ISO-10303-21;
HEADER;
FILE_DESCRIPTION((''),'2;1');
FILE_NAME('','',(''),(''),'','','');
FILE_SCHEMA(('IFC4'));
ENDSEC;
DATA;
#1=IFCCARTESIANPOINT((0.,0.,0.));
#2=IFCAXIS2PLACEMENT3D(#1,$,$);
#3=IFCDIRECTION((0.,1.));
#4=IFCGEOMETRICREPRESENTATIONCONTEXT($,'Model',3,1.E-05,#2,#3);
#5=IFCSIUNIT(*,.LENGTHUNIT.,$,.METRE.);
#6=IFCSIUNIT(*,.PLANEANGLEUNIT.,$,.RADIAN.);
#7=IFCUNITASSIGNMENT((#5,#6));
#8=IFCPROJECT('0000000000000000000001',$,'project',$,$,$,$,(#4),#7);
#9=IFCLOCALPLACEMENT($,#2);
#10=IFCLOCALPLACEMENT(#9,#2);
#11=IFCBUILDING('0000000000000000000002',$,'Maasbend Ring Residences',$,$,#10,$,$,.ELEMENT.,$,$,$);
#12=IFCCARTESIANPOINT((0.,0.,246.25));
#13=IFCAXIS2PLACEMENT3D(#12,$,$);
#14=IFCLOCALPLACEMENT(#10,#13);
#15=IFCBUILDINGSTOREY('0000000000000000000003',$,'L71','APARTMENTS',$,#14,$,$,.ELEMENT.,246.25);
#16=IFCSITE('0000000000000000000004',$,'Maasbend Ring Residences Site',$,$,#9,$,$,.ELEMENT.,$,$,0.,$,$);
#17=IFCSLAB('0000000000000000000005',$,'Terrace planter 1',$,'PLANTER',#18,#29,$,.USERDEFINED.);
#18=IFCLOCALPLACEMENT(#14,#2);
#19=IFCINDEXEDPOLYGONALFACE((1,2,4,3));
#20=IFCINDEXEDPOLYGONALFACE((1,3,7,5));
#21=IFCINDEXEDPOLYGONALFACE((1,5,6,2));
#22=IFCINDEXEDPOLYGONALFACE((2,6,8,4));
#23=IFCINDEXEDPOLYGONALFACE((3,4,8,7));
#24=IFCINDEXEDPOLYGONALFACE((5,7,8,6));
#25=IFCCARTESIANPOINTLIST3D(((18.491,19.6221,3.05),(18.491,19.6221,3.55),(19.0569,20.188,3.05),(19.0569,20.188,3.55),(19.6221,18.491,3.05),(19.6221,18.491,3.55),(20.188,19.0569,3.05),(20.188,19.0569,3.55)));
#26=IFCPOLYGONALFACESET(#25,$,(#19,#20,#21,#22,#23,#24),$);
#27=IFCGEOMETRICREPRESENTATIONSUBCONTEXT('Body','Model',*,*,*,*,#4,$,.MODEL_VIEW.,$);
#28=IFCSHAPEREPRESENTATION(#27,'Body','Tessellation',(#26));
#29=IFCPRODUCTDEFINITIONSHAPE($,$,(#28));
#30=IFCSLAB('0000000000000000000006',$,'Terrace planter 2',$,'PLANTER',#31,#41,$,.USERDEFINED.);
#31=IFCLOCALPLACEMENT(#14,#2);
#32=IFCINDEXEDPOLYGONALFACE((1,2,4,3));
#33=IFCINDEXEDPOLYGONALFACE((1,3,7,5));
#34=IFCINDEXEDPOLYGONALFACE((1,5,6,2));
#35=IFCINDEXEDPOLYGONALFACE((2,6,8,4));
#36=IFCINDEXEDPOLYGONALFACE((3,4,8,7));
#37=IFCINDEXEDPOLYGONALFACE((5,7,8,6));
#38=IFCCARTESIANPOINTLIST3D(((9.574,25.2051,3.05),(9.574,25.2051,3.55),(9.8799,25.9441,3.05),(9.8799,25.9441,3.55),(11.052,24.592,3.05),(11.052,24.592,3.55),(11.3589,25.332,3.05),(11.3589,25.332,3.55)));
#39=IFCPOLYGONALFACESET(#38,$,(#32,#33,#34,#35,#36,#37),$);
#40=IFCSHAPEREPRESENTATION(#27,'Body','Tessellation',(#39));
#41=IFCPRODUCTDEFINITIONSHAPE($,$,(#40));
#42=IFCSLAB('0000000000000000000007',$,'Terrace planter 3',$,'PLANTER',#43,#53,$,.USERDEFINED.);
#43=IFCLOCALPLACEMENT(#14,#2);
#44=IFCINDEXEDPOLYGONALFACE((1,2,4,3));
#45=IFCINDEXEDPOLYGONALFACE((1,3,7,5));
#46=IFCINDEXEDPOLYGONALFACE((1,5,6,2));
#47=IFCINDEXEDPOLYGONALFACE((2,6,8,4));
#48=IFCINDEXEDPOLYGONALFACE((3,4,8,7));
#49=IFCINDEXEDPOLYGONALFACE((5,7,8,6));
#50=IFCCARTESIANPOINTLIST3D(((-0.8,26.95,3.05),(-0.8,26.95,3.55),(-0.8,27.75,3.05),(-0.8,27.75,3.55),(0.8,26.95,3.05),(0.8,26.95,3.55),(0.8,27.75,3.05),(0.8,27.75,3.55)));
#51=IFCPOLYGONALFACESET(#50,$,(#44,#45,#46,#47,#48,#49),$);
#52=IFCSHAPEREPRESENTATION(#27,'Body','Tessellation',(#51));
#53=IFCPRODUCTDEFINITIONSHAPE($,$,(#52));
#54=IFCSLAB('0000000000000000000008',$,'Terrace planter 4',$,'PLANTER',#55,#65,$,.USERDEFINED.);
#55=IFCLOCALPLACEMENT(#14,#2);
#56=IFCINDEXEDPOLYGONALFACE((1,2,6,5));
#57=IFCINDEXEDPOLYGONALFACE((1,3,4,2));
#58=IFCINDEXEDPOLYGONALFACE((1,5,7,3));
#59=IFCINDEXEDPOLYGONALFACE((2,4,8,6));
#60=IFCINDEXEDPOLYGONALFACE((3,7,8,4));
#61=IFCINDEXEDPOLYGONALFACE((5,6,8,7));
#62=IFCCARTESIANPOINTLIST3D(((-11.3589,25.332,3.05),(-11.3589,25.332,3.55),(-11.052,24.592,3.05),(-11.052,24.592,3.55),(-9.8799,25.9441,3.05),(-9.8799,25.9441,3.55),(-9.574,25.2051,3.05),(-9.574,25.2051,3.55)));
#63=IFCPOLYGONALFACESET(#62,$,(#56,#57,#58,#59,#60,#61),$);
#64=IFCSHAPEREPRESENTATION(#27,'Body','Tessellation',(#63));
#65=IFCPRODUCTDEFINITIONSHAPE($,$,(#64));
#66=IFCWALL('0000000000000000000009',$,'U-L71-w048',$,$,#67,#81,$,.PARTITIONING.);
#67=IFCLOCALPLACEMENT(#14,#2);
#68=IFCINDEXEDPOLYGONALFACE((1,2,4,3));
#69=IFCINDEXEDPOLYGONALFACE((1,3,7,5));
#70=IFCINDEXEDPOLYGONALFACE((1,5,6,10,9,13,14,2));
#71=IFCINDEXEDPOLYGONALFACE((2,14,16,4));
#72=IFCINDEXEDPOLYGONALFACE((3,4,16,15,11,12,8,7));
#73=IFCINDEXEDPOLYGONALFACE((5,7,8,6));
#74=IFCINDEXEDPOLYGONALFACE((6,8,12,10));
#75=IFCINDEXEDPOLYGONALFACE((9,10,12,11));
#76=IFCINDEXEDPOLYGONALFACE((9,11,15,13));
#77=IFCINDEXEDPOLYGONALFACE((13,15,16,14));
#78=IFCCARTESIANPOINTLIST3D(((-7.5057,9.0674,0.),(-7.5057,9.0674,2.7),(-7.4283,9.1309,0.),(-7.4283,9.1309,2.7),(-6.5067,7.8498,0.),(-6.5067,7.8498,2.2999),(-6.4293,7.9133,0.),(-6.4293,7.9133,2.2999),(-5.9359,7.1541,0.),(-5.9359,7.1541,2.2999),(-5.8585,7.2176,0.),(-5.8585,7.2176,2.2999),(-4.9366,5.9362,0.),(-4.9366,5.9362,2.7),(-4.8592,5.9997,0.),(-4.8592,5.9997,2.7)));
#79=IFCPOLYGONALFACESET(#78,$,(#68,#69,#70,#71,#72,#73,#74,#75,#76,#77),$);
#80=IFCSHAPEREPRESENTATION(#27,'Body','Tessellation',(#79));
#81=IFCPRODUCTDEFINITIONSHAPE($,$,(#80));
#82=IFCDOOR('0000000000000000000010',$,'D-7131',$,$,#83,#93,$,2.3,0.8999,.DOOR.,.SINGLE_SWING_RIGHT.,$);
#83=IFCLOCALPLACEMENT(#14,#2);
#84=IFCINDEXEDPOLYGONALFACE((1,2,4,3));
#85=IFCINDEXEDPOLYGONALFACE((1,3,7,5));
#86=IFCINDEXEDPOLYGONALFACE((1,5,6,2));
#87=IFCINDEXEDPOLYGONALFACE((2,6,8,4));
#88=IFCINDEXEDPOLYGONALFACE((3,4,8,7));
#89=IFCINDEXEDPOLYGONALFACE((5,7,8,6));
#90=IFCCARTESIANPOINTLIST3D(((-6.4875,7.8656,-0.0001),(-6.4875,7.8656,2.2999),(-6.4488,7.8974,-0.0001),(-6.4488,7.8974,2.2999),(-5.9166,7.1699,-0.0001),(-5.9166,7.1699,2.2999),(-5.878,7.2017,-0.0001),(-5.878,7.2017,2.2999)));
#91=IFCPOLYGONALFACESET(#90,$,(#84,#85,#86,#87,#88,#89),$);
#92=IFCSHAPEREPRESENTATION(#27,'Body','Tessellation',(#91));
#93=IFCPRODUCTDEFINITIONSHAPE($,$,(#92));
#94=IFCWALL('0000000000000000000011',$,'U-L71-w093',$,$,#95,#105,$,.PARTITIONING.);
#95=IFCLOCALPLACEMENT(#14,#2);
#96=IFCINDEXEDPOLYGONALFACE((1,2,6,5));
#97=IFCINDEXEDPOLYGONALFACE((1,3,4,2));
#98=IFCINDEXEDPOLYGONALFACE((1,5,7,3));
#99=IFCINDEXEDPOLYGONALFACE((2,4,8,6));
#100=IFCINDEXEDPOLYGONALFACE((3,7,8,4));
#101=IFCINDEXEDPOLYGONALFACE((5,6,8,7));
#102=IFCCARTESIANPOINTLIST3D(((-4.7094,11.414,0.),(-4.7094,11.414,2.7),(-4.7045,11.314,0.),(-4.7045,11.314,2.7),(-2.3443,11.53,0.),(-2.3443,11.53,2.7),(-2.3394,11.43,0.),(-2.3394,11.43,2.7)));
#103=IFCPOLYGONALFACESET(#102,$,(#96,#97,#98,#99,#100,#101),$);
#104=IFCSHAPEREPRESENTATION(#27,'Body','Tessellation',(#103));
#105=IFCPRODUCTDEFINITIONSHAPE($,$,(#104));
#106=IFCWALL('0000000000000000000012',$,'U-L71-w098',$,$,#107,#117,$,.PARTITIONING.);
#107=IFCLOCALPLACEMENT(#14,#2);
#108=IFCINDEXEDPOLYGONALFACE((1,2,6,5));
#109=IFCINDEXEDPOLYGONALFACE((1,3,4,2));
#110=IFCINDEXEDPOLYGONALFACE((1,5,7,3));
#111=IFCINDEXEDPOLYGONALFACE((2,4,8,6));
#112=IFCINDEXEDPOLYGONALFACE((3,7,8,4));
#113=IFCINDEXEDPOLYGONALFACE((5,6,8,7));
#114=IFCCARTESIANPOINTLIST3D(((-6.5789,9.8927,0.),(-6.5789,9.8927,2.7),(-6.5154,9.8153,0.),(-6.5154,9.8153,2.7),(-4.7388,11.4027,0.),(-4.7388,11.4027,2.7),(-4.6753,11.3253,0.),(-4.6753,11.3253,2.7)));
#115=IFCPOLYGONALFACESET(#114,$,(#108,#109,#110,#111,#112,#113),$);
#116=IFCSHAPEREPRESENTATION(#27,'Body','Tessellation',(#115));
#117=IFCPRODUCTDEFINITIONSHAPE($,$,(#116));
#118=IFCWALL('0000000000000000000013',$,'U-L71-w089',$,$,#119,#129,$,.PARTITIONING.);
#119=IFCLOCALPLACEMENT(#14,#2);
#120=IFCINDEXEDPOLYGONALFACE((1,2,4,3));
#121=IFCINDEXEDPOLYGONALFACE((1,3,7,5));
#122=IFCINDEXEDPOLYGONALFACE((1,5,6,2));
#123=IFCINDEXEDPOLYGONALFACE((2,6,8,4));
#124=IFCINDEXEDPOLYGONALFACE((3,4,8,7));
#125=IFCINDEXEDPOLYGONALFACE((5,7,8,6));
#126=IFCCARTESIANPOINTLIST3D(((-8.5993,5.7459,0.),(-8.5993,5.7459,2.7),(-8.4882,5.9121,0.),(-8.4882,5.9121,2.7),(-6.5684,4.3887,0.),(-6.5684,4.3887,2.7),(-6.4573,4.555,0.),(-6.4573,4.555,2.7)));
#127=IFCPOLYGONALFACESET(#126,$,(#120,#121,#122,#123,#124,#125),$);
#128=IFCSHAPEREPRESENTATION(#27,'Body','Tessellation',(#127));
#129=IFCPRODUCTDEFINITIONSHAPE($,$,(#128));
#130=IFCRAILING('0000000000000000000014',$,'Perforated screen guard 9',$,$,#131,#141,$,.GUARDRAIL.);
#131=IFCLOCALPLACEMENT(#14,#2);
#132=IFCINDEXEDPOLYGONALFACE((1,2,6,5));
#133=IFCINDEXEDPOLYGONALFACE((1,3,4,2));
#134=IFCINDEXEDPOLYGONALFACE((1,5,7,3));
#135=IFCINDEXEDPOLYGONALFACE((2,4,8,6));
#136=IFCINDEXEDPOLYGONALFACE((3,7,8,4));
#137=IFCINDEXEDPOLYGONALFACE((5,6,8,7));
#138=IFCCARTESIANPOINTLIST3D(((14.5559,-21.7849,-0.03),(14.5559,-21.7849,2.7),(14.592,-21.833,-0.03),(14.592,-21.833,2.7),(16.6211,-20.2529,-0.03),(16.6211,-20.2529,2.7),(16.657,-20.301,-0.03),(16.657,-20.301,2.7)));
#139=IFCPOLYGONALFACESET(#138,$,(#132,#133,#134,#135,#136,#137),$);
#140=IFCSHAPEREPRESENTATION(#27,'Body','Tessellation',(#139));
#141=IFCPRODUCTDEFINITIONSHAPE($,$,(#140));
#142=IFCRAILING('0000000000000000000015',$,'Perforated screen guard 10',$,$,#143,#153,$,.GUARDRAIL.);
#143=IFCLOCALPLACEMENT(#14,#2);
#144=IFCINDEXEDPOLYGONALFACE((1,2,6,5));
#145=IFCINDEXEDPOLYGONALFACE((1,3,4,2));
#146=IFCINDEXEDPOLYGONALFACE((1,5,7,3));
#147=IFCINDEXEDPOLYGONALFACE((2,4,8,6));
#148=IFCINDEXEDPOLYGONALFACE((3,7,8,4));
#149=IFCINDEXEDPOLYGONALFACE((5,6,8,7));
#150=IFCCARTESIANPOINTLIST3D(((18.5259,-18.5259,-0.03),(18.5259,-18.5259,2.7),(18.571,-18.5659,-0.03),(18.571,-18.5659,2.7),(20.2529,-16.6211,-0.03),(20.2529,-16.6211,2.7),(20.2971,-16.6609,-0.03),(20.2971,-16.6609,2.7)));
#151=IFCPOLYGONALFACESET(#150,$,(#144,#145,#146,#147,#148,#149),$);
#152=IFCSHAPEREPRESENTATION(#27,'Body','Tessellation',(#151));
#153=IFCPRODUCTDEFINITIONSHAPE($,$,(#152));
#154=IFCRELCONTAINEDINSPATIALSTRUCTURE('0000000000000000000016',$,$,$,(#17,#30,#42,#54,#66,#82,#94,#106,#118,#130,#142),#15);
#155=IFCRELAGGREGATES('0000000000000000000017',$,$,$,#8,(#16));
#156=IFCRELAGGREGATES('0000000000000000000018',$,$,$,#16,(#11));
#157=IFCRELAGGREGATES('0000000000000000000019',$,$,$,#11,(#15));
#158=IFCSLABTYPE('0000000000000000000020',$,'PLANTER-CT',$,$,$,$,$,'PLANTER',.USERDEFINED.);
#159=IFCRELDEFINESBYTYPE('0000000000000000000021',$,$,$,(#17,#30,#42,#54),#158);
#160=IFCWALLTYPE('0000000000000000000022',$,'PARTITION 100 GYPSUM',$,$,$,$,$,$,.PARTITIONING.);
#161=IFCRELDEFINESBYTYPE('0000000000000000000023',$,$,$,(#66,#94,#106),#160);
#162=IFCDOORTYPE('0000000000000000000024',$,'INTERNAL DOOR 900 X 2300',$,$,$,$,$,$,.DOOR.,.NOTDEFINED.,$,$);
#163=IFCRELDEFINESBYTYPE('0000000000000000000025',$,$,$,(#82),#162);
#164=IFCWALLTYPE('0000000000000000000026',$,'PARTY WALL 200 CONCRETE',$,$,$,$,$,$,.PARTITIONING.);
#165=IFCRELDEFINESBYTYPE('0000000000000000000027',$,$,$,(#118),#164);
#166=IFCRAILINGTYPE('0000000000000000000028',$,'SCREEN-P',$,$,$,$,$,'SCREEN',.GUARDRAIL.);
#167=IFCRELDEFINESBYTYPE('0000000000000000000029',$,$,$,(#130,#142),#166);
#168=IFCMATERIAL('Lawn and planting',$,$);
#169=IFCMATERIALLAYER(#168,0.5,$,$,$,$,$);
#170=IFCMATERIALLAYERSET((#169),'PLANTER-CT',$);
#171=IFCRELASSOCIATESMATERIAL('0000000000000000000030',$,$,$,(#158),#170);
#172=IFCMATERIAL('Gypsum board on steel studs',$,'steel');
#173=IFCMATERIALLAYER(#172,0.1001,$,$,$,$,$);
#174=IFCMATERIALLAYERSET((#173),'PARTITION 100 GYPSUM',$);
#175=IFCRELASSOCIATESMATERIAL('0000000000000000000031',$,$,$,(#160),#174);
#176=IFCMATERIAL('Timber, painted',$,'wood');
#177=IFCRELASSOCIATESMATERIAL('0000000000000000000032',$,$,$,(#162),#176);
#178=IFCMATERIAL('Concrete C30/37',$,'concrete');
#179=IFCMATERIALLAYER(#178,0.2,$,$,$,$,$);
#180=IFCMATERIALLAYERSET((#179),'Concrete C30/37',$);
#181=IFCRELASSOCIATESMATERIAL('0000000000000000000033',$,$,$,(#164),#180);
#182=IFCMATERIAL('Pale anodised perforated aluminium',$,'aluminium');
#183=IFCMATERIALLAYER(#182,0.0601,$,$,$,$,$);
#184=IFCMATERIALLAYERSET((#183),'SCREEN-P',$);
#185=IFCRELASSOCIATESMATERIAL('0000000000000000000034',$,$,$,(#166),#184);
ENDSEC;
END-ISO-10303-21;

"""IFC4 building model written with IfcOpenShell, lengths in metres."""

from ifc_helpers import new_model, si_unit, direction, frame, frame_2d, origin, place, context, subcontext, project, spatial, polyline, rectangle, outline, extrude, material, layer, layer_set, type_object, element, fill, save


model = new_model("IFC4")

# Units and contexts
model_context = context("Model", 3, precision=1e-05, world=origin(), true_north=direction((0.0, 1.0)))
body_context = subcontext(model_context, "Body", "Model", "MODEL_VIEW")
ifc_project = project(units=[si_unit("LENGTHUNIT", "METRE"), si_unit("PLANEANGLEUNIT", "RADIAN")], contexts=[model_context])

# Site, building, storey
site_placement = place(None, origin())
site = spatial("IfcSite", under=ifc_project, at=site_placement, Name="Maasbend Ring Residences Site", CompositionType="ELEMENT", RefElevation=0.0)
building_placement = place(site_placement, origin())
building = spatial("IfcBuilding", under=site, at=building_placement, Name="Maasbend Ring Residences", CompositionType="ELEMENT")
storey_placement = place(building_placement, frame((0.0, 0.0, 246.25)))
storey = spatial("IfcBuildingStorey", under=building, at=storey_placement, Name="L71", Description="APARTMENTS", CompositionType="ELEMENT", Elevation=246.25)

# Slabs
ifc_material_1 = material(Name="Lawn and planting")
ifc_layer_1 = layer(ifc_material_1, 0.5)
ifc_layer_set_1 = layer_set([ifc_layer_1], Name="PLANTER-CT")
slab_type_1 = type_object("IfcSlabType", Name="PLANTER-CT", ElementType="PLANTER", PredefinedType="USERDEFINED", material=ifc_layer_set_1)
slab_1_placement = place(storey_placement, frame((0.0, 0.0, 3.05)))
element("IfcSlab", 1, at=slab_1_placement, inside=storey, type_object=slab_type_1, Name="Terrace planter 1", ObjectType="PLANTER", PredefinedType="USERDEFINED", context=body_context, shape_type="SweptSolid", body=[
    extrude(outline(polyline([(20.188, 19.0569), (19.0569, 20.188), (18.491, 19.6221), (19.6221, 18.491), (20.188, 19.0569)])), origin(), (0.0, 0.0, 1.0), 0.5),
])
slab_2_placement = place(storey_placement, frame((0.0, 0.0, 3.05)))
element("IfcSlab", 2, at=slab_2_placement, inside=storey, type_object=slab_type_1, Name="Terrace planter 2", ObjectType="PLANTER", PredefinedType="USERDEFINED", context=body_context, shape_type="SweptSolid", body=[
    extrude(outline(polyline([(11.3589, 25.332), (9.8799, 25.9441), (9.574, 25.2051), (11.052, 24.592), (11.3589, 25.332)])), origin(), (0.0, 0.0, 1.0), 0.5),
])
slab_3_placement = place(storey_placement, frame((0.0, 0.0, 3.05)))
element("IfcSlab", 3, at=slab_3_placement, inside=storey, type_object=slab_type_1, Name="Terrace planter 3", ObjectType="PLANTER", PredefinedType="USERDEFINED", context=body_context, shape_type="SweptSolid", body=[
    extrude(outline(polyline([(0.8, 27.75), (-0.8, 27.75), (-0.8, 26.95), (0.8, 26.95), (0.8, 27.75)])), origin(), (0.0, 0.0, 1.0), 0.5),
])
slab_4_placement = place(storey_placement, frame((0.0, 0.0, 3.05)))
element("IfcSlab", 4, at=slab_4_placement, inside=storey, type_object=slab_type_1, Name="Terrace planter 4", ObjectType="PLANTER", PredefinedType="USERDEFINED", context=body_context, shape_type="SweptSolid", body=[
    extrude(outline(polyline([(-9.8799, 25.9441), (-11.3589, 25.332), (-11.052, 24.592), (-9.574, 25.2051), (-9.8799, 25.9441)])), origin(), (0.0, 0.0, 1.0), 0.5),
])

# Wall, opening, door
ifc_material_2 = material(Name="Gypsum board on steel studs", Category="steel")
ifc_layer_2 = layer(ifc_material_2, 0.1001)
ifc_layer_set_2 = layer_set([ifc_layer_2], Name="PARTITION 100 GYPSUM")
wall_type_1 = type_object("IfcWallType", Name="PARTITION 100 GYPSUM", PredefinedType="PARTITIONING", material=ifc_layer_set_2)
wall_1_placement = place(storey_placement, frame((-7.467, 9.0991, 0.0), z_axis=(0.0, 0.0, 1.0), x_axis=(0.634314, -0.773076, 0.0)))
wall_1 = element("IfcWall", 5, at=wall_1_placement, inside=storey, type_object=wall_type_1, Name="U-L71-w048", PredefinedType="PARTITIONING", context=body_context, shape_type="SweptSolid", body=[
    extrude(rectangle(XDim=4.0503, YDim=0.1001, at=frame_2d((2.0251, 0.0))), origin(), (0.0, 0.0, 1.0), 2.7),
])
opening_placement = place(wall_1_placement, frame((1.575, 0.0, 0.0)))
opening = element("IfcOpeningElement", 6, at=opening_placement, cuts=wall_1, PredefinedType="OPENING", context=body_context, shape_type="SweptSolid", body=[
    extrude(rectangle(XDim=0.8999, YDim=2.3, at=frame_2d((0.45, 1.1499))), frame((0.0, 0.0601, 0.0), z_axis=(0.0, -1.0, 0.0), x_axis=(1.0, 0.0, 0.0)), (0.0, 0.0, 1.0), 0.1201),
])
ifc_material_3 = material(Name="Timber, painted", Category="wood")
door_type = type_object("IfcDoorType", Name="INTERNAL DOOR 900 X 2300", OperationType="NOTDEFINED", PredefinedType="DOOR", material=ifc_material_3)
door_placement = place(opening_placement, origin())
door = element("IfcDoor", 7, at=door_placement, inside=storey, type_object=door_type, Name="D-7131", OperationType="SINGLE_SWING_RIGHT", OverallHeight=2.3, OverallWidth=0.8999, PredefinedType="DOOR", context=body_context, shape_type="SweptSolid", body=[
    extrude(rectangle(XDim=0.8999, YDim=2.3, at=frame_2d((0.45, 1.1499))), frame((0.0, 0.0249, 0.0), z_axis=(0.0, -1.0, 0.0), x_axis=(1.0, 0.0, 0.0)), (0.0, 0.0, 1.0), 0.05),
])
fill(opening, door)

# Walls
wall_2_placement = place(storey_placement, frame((-4.707, 11.364, 0.0), z_axis=(0.0, 0.0, 1.0), x_axis=(0.9988, 0.048976, 0.0)))
element("IfcWall", 8, at=wall_2_placement, inside=storey, type_object=wall_type_1, Name="U-L71-w093", PredefinedType="PARTITIONING", context=body_context, shape_type="SweptSolid", body=[
    extrude(rectangle(XDim=2.3679, YDim=0.1001, at=frame_2d((1.1841, 0.0))), origin(), (0.0, 0.0, 1.0), 2.7),
])
wall_3_placement = place(storey_placement, frame((-6.5471, 9.854, 0.0), z_axis=(0.0, 0.0, 1.0), x_axis=(0.773033, 0.634365, 0.0)))
element("IfcWall", 9, at=wall_3_placement, inside=storey, type_object=wall_type_1, Name="U-L71-w098", PredefinedType="PARTITIONING", context=body_context, shape_type="SweptSolid", body=[
    extrude(rectangle(XDim=2.3804, YDim=0.1001, at=frame_2d((1.1902, 0.0))), origin(), (0.0, 0.0, 1.0), 2.7),
])
ifc_material_4 = material(Name="Concrete C30/37", Category="concrete")
ifc_layer_3 = layer(ifc_material_4, 0.2)
ifc_layer_set_3 = layer_set([ifc_layer_3], Name="Concrete C30/37")
wall_type_2 = type_object("IfcWallType", Name="PARTY WALL 200 CONCRETE", PredefinedType="PARTITIONING", material=ifc_layer_set_3)
wall_4_placement = place(storey_placement, frame((-6.5129, 4.4719, 0.0), z_axis=(0.0, 0.0, 1.0), x_axis=(-0.83145, 0.555599, 0.0)))
element("IfcWall", 10, at=wall_4_placement, inside=storey, type_object=wall_type_2, Name="U-L71-w089", PredefinedType="PARTITIONING", context=body_context, shape_type="SweptSolid", body=[
    extrude(rectangle(XDim=2.4426, YDim=0.2, at=frame_2d((1.2212, 0.0))), origin(), (0.0, 0.0, 1.0), 2.7),
])

# Railings
ifc_material_5 = material(Name="Pale anodised perforated aluminium", Category="aluminium")
ifc_layer_4 = layer(ifc_material_5, 0.0601)
ifc_layer_set_4 = layer_set([ifc_layer_4], Name="SCREEN-P")
railing_type = type_object("IfcRailingType", Name="SCREEN-P", ElementType="SCREEN", PredefinedType="GUARDRAIL", material=ifc_layer_set_4)
railing_1_placement = place(storey_placement, frame((0.0, 0.0, -0.03)))
element("IfcRailing", 11, at=railing_1_placement, inside=storey, type_object=railing_type, Name="Perforated screen guard 9", PredefinedType="GUARDRAIL", context=body_context, shape_type="SweptSolid", body=[
    extrude(outline(polyline([(14.5559, -21.7849), (16.6211, -20.2529), (16.657, -20.301), (14.592, -21.833), (14.5559, -21.7849)])), origin(), (0.0, 0.0, 1.0), 2.73),
])
railing_2_placement = place(storey_placement, frame((0.0, 0.0, -0.03)))
element("IfcRailing", 12, at=railing_2_placement, inside=storey, type_object=railing_type, Name="Perforated screen guard 10", PredefinedType="GUARDRAIL", context=body_context, shape_type="SweptSolid", body=[
    extrude(outline(polyline([(18.5259, -18.5259), (20.2529, -16.6211), (20.2971, -16.6609), (18.571, -18.5659), (18.5259, -18.5259)])), origin(), (0.0, 0.0, 1.0), 2.73),
])

save(model, "model.ifc")
